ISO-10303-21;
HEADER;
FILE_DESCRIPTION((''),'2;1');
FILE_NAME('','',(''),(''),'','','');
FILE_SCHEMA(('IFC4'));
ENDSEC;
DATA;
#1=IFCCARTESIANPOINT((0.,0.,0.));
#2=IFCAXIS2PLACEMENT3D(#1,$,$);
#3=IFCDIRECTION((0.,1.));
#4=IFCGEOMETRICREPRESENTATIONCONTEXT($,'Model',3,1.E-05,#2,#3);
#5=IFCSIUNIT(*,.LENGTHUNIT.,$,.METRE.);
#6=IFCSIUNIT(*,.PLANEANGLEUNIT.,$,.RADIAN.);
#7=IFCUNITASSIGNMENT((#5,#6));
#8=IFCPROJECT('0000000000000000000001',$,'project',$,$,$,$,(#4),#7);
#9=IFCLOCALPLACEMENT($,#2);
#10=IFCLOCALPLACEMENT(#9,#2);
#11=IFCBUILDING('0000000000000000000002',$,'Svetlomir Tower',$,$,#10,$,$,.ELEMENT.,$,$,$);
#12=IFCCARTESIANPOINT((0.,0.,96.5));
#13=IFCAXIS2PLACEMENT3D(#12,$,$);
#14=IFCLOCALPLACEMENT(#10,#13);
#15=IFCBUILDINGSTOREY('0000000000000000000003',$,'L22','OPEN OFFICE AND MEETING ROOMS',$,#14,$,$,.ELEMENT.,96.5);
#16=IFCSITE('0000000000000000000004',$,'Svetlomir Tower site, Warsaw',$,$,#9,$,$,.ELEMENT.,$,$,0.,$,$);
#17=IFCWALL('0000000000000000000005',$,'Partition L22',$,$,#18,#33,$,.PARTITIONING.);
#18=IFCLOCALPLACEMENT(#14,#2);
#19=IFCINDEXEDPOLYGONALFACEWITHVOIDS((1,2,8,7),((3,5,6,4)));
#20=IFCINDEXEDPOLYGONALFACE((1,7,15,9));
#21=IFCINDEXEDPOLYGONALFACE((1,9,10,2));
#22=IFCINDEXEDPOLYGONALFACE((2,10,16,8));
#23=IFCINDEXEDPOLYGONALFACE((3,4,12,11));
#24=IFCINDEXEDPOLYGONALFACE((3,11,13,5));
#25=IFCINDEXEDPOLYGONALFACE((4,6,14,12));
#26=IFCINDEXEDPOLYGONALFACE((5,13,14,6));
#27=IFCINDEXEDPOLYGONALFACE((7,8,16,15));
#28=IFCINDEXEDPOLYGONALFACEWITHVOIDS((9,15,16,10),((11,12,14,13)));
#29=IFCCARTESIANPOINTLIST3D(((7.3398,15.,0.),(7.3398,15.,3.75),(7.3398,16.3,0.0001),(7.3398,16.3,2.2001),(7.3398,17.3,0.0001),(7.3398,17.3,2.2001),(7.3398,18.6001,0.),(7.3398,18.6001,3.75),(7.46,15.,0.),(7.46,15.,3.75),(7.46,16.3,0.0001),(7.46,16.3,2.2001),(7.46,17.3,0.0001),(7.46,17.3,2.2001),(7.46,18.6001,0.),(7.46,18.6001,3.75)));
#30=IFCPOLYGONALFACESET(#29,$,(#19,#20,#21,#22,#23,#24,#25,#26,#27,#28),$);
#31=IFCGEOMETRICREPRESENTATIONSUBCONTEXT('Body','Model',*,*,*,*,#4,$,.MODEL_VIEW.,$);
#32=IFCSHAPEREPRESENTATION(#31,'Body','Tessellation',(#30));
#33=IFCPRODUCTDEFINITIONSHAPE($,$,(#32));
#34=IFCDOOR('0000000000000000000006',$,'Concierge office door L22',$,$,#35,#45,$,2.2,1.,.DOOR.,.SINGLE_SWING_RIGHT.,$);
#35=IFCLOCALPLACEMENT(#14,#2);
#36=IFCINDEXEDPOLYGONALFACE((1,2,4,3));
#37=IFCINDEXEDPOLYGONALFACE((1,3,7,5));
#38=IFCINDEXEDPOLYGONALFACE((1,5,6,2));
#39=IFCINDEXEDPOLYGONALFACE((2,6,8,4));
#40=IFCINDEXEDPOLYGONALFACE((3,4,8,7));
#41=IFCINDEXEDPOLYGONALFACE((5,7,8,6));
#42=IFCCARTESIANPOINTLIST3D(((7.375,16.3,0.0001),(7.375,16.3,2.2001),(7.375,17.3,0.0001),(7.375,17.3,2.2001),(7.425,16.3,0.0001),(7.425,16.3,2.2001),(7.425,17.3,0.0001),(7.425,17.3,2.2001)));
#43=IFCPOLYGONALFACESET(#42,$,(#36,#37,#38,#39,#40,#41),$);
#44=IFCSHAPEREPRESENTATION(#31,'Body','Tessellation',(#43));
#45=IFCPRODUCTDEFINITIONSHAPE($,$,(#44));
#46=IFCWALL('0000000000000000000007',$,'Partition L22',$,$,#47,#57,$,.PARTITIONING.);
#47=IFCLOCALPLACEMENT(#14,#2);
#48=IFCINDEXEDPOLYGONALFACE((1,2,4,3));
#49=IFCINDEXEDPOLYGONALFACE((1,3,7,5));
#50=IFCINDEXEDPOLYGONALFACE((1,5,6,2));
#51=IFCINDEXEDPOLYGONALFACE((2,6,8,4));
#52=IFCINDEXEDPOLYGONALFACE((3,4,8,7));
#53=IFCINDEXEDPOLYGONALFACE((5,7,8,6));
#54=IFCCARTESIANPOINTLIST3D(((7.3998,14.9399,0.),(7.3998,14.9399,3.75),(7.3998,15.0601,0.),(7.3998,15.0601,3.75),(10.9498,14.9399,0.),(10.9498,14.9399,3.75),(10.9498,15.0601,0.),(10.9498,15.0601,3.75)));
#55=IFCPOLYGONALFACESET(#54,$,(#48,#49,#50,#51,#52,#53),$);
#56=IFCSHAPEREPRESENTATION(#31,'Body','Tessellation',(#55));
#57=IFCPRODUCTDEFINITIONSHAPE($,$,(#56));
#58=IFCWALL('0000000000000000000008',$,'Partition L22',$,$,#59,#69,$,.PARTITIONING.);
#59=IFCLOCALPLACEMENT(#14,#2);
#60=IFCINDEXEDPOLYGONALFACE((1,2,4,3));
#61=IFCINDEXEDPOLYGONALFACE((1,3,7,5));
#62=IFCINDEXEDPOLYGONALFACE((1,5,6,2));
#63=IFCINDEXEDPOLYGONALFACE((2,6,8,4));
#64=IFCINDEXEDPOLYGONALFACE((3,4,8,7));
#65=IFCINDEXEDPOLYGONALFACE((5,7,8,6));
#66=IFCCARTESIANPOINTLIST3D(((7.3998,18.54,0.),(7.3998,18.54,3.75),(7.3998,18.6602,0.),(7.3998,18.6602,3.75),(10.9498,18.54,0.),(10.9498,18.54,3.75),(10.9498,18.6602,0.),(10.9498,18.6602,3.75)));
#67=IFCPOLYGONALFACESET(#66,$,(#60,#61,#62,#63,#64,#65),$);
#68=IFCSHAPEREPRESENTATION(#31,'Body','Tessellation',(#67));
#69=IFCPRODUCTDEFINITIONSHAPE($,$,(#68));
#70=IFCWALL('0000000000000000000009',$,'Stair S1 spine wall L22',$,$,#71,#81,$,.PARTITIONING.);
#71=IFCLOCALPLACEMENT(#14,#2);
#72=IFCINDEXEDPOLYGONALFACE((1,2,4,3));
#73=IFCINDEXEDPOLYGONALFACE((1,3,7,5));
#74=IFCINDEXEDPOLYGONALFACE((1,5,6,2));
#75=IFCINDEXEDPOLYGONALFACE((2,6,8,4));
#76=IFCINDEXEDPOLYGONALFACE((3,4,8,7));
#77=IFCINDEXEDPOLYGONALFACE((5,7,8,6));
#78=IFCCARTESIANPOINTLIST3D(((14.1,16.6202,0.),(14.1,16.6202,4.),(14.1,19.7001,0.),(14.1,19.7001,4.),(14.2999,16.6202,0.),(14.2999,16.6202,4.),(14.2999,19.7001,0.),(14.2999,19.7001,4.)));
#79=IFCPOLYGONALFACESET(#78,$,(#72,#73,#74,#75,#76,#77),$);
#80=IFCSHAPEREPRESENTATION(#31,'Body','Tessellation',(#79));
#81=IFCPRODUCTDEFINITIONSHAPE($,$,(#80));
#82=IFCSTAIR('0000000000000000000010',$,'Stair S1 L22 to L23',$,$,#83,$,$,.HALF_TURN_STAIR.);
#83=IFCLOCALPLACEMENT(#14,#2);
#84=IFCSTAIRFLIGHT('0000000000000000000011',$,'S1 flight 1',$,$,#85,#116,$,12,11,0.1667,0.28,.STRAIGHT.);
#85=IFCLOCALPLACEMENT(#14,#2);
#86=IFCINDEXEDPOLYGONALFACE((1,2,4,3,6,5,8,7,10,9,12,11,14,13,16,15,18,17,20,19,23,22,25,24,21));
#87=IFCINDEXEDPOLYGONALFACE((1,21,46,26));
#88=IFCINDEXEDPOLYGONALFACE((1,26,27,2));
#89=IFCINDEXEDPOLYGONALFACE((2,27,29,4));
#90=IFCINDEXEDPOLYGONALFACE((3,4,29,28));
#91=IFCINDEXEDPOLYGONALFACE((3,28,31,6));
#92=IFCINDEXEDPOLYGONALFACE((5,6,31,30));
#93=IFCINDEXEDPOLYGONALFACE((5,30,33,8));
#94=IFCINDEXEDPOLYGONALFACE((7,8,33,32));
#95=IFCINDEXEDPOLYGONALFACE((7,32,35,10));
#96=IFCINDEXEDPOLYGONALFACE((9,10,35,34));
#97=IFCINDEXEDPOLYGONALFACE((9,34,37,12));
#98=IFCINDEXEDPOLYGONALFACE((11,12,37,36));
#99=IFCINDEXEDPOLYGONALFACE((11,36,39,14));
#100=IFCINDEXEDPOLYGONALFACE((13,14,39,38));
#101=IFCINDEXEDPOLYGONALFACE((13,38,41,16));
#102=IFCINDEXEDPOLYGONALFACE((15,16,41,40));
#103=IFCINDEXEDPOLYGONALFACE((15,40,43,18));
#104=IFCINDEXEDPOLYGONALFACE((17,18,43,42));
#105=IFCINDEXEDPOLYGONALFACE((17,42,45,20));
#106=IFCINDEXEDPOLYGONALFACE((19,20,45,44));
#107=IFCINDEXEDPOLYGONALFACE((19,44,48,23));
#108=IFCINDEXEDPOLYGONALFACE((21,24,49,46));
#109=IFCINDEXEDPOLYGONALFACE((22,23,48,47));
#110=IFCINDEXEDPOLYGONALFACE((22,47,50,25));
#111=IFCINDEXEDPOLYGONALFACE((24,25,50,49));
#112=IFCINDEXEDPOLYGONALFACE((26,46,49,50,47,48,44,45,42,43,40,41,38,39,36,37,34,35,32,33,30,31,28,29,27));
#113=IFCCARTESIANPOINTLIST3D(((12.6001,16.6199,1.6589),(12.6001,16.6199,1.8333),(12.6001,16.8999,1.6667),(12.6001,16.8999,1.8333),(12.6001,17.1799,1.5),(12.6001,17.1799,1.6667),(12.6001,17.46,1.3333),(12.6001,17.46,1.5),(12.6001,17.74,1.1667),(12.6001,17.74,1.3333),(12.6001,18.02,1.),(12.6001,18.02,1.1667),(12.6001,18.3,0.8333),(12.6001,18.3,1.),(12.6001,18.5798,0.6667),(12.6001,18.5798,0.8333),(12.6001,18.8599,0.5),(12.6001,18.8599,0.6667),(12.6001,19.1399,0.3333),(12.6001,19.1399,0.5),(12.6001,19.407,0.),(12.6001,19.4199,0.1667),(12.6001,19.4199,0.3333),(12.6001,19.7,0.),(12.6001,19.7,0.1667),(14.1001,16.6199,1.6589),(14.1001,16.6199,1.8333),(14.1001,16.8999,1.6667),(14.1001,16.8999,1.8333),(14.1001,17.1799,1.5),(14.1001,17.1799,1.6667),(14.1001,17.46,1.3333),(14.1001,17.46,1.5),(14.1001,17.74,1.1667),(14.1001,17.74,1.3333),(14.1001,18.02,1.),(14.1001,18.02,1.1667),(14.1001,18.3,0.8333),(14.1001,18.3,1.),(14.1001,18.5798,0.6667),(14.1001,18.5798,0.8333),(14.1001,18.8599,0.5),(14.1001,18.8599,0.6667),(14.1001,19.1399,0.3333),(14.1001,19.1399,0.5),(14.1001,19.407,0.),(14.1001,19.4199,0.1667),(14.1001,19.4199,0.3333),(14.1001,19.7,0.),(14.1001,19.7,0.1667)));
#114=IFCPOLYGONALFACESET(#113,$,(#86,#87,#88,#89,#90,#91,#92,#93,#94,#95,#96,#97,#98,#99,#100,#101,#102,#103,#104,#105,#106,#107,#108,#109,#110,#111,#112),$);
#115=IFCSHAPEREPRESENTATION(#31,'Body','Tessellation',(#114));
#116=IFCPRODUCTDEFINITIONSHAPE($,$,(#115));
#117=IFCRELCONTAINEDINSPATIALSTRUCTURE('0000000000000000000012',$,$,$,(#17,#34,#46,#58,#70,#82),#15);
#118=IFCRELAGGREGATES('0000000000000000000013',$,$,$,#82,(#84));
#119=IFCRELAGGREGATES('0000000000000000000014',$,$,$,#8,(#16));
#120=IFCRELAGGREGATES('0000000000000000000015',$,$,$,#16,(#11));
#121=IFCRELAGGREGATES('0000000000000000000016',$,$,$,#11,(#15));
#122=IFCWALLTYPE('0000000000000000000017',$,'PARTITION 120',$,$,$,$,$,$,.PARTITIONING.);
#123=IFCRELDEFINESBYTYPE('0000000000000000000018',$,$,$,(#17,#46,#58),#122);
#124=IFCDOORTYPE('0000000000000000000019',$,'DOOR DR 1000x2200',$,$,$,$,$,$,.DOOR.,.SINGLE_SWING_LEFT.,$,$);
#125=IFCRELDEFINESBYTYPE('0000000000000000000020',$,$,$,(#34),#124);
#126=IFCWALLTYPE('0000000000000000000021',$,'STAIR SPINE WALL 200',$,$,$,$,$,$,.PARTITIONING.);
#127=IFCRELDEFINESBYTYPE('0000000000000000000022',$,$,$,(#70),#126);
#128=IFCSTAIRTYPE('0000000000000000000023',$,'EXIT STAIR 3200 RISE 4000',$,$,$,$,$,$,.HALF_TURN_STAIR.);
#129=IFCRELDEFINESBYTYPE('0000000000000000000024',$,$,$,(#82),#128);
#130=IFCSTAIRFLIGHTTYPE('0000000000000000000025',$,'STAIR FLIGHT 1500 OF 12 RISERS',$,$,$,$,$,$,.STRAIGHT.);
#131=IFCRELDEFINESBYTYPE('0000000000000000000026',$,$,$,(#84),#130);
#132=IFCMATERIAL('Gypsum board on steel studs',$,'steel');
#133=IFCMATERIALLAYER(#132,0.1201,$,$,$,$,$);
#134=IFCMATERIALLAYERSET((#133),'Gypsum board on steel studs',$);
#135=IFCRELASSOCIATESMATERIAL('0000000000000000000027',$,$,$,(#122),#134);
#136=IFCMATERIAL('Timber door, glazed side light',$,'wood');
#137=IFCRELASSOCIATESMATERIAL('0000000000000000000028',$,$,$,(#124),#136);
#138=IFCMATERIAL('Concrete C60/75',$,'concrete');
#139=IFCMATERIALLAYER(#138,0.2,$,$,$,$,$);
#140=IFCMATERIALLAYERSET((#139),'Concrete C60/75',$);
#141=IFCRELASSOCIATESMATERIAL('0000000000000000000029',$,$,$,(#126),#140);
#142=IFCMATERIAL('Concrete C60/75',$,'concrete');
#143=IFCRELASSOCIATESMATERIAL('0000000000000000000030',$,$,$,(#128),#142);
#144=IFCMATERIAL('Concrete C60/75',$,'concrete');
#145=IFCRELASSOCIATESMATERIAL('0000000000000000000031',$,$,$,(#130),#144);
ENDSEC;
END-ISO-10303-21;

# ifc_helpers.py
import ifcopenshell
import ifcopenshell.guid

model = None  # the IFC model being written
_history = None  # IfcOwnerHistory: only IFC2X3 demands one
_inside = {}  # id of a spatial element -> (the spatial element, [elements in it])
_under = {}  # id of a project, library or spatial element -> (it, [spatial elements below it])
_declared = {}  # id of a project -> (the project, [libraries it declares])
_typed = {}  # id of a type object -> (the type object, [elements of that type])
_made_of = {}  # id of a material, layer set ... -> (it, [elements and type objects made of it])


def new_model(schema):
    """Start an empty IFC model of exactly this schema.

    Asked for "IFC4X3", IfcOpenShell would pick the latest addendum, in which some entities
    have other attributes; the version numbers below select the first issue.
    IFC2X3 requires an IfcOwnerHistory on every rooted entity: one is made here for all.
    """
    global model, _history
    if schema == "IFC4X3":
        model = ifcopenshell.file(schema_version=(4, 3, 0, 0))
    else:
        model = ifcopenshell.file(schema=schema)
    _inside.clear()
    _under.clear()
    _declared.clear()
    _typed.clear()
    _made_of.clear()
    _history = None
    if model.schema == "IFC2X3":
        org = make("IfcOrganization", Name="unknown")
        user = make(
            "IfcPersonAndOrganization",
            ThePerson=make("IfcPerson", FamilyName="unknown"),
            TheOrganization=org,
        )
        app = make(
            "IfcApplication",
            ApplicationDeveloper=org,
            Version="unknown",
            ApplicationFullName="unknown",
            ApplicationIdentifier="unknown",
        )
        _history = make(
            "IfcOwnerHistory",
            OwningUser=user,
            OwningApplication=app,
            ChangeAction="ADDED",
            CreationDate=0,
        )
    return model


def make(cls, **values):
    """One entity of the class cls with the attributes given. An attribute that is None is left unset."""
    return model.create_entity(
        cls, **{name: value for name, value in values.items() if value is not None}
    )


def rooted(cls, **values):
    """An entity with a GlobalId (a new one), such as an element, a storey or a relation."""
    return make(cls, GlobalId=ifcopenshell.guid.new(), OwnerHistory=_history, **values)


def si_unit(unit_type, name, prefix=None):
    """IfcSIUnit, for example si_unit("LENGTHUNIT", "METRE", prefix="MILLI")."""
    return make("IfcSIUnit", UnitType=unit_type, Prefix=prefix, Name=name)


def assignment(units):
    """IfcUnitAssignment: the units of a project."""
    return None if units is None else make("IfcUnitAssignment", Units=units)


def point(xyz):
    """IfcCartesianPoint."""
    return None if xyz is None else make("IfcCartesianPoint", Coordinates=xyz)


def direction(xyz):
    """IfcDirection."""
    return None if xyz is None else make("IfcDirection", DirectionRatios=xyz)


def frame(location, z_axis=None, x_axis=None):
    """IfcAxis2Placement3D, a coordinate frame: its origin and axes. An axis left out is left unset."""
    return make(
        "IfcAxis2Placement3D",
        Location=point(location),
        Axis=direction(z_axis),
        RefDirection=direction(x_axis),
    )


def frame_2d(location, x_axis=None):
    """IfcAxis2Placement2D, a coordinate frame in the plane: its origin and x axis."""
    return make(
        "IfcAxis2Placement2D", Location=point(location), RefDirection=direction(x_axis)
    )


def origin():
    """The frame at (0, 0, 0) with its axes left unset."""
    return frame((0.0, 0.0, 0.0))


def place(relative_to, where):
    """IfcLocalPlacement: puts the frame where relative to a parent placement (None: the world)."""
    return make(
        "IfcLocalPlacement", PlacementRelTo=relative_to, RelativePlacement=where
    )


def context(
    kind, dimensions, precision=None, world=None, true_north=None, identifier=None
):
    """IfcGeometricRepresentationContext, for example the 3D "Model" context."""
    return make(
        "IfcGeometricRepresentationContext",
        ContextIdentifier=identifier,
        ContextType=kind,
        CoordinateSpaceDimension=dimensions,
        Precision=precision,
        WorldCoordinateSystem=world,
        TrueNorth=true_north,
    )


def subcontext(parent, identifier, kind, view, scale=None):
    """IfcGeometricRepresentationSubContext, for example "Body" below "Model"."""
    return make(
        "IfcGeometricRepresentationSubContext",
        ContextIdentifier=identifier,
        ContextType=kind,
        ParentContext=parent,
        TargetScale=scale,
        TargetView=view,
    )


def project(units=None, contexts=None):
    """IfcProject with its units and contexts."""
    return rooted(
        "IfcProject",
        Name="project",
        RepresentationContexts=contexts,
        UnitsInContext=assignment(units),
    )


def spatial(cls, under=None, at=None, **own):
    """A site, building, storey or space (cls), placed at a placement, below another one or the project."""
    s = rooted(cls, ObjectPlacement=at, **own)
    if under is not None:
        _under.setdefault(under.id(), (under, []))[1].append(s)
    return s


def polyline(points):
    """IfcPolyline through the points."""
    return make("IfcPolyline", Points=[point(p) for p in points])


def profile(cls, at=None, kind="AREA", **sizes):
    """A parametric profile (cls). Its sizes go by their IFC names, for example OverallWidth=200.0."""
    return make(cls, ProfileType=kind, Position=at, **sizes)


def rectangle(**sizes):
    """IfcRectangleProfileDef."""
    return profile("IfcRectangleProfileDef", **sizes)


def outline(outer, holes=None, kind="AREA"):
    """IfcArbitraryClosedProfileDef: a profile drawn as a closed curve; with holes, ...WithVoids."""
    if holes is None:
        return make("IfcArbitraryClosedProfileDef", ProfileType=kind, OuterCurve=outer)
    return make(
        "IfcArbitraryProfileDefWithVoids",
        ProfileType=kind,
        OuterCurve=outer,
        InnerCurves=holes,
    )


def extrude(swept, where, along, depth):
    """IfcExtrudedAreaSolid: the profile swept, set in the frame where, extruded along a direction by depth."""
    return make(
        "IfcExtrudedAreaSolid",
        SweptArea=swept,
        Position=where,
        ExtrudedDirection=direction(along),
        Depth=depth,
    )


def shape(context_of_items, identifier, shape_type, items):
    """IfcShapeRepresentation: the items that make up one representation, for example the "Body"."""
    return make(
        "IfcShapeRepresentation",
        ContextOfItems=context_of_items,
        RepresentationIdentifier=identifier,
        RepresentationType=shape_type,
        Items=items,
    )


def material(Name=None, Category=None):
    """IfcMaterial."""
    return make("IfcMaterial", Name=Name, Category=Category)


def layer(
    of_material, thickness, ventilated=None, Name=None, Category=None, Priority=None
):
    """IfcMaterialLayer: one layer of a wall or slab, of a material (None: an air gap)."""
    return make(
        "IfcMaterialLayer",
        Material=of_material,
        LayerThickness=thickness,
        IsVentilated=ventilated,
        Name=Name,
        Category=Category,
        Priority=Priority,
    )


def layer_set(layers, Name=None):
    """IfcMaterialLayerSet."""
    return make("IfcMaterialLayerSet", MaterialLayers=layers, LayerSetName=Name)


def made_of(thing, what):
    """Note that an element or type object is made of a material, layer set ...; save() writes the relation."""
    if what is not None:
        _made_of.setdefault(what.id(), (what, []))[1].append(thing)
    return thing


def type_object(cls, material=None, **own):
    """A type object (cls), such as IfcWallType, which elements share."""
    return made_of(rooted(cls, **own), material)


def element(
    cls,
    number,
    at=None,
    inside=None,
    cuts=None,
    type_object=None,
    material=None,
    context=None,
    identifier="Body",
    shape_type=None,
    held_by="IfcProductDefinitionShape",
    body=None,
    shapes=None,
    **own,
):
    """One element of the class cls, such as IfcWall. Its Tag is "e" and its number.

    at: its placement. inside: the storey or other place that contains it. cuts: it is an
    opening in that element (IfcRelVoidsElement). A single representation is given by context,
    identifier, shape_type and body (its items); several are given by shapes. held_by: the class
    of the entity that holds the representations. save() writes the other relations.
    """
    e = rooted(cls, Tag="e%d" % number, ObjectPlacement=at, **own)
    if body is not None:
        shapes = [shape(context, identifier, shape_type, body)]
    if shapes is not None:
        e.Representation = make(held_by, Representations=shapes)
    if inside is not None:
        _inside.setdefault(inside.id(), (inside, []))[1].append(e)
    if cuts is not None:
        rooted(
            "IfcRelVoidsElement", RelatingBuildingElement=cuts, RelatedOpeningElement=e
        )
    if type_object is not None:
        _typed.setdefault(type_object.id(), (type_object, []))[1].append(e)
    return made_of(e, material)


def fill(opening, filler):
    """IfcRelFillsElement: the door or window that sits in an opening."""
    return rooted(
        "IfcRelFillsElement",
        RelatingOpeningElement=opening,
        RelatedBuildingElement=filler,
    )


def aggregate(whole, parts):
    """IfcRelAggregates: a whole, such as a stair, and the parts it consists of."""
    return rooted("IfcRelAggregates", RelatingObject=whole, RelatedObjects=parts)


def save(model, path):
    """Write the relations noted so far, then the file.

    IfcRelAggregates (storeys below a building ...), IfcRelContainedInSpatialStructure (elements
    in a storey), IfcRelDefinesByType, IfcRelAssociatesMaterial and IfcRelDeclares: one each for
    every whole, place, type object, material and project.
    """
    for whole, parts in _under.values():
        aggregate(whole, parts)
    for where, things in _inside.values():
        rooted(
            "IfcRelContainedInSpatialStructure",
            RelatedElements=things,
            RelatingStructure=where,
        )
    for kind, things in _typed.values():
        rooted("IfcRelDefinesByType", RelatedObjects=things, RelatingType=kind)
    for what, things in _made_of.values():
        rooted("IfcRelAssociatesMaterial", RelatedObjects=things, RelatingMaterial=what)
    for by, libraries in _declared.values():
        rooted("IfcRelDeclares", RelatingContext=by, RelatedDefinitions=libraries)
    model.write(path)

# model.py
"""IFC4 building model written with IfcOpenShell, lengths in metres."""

from ifc_helpers import new_model, si_unit, direction, frame, frame_2d, origin, place, context, subcontext, project, spatial, polyline, rectangle, outline, extrude, material, layer, layer_set, type_object, element, fill, aggregate, save


model = new_model("IFC4")

# Units and contexts
model_context = context("Model", 3, precision=1e-05, world=origin(), true_north=direction((0.0, 1.0)))
body_context = subcontext(model_context, "Body", "Model", "MODEL_VIEW")
ifc_project = project(units=[si_unit("LENGTHUNIT", "METRE"), si_unit("PLANEANGLEUNIT", "RADIAN")], contexts=[model_context])

# Site, building, storey
site_placement = place(None, origin())
site = spatial("IfcSite", under=ifc_project, at=site_placement, Name="Svetlomir Tower site, Warsaw", CompositionType="ELEMENT", RefElevation=0.0)
building_placement = place(site_placement, origin())
building = spatial("IfcBuilding", under=site, at=building_placement, Name="Svetlomir Tower", CompositionType="ELEMENT")
storey_placement = place(building_placement, frame((0.0, 0.0, 96.5)))
storey = spatial("IfcBuildingStorey", under=building, at=storey_placement, Name="L22", Description="OPEN OFFICE AND MEETING ROOMS", CompositionType="ELEMENT", Elevation=96.5)

# Wall, opening, door
ifc_material_1 = material(Name="Gypsum board on steel studs", Category="steel")
ifc_layer_1 = layer(ifc_material_1, 0.1201)
ifc_layer_set_1 = layer_set([ifc_layer_1], Name="Gypsum board on steel studs")
wall_type_1 = type_object("IfcWallType", Name="PARTITION 120", PredefinedType="PARTITIONING", material=ifc_layer_set_1)
wall_1_placement = place(storey_placement, frame((7.3999, 15.0, 0.0), z_axis=(0.0, 0.0, 1.0), x_axis=(0.0, 1.0, 0.0)))
wall_1 = element("IfcWall", 1, at=wall_1_placement, inside=storey, type_object=wall_type_1, Name="Partition L22", PredefinedType="PARTITIONING", context=body_context, shape_type="SweptSolid", body=[
    extrude(rectangle(XDim=3.6001, YDim=0.1201, at=frame_2d((1.8, 0.0))), origin(), (0.0, 0.0, 1.0), 3.75),
])
opening_1_placement = place(wall_1_placement, frame((1.3, 0.0, 0.0)))
opening_1 = element("IfcOpeningElement", 2, at=opening_1_placement, cuts=wall_1, PredefinedType="OPENING", context=body_context, shape_type="SweptSolid", body=[
    extrude(rectangle(XDim=1.0, YDim=2.2, at=frame_2d((0.5, 1.1001))), frame((0.0, 0.0701, 0.0), z_axis=(0.0, -1.0, 0.0), x_axis=(1.0, 0.0, 0.0)), (0.0, 0.0, 1.0), 0.1401),
])
ifc_material_2 = material(Name="Timber door, glazed side light", Category="wood")
door_type_1 = type_object("IfcDoorType", Name="DOOR DR 1000x2200", OperationType="SINGLE_SWING_LEFT", PredefinedType="DOOR", material=ifc_material_2)
door_1_placement = place(opening_1_placement, origin())
door_1 = element("IfcDoor", 3, at=door_1_placement, inside=storey, type_object=door_type_1, Name="Concierge office door L22", OperationType="SINGLE_SWING_RIGHT", OverallHeight=2.2, OverallWidth=1.0, PredefinedType="DOOR", context=body_context, shape_type="SweptSolid", body=[
    extrude(rectangle(XDim=1.0, YDim=2.2, at=frame_2d((0.5, 1.1001))), frame((0.0, 0.0249, 0.0), z_axis=(0.0, -1.0, 0.0), x_axis=(1.0, 0.0, 0.0)), (0.0, 0.0, 1.0), 0.05),
])
fill(opening_1, door_1)

# Walls
for number, where, z_axis, x_axis, name in (
    (4, (7.3999, 15.0, 0.0), (0.0, 0.0, 1.0), (1.0, 0.0, 0.0), "Partition L22"),
    (5, (7.3999, 18.6001, 0.0), (0.0, 0.0, 1.0), (1.0, 0.0, 0.0), "Partition L22"),
):
    element("IfcWall", number, at=place(storey_placement, frame(where, z_axis=z_axis, x_axis=x_axis)), inside=storey, type_object=wall_type_1, Name=name, PredefinedType="PARTITIONING", context=body_context, shape_type="SweptSolid", body=[
        extrude(rectangle(XDim=3.55, YDim=0.1201, at=frame_2d((1.7749, 0.0))), origin(), (0.0, 0.0, 1.0), 3.75),
    ])
ifc_material_3 = material(Name="Concrete C60/75", Category="concrete")
ifc_layer_2 = layer(ifc_material_3, 0.2)
ifc_layer_set_2 = layer_set([ifc_layer_2], Name="Concrete C60/75")
wall_type_2 = type_object("IfcWallType", Name="STAIR SPINE WALL 200", PredefinedType="PARTITIONING", material=ifc_layer_set_2)
wall_2_placement = place(storey_placement, frame((14.2, 16.6201, 0.0), z_axis=(0.0, 0.0, 1.0), x_axis=(0.0, 1.0, 0.0)))
element("IfcWall", 6, at=wall_2_placement, inside=storey, type_object=wall_type_2, Name="Stair S1 spine wall L22", PredefinedType="PARTITIONING", context=body_context, shape_type="SweptSolid", body=[
    extrude(rectangle(XDim=3.0798, YDim=0.2, at=frame_2d((1.54, 0.0))), origin(), (0.0, 0.0, 1.0), 4.0),
])

# Stair, stair flight
ifc_material_4 = material(Name="Concrete C60/75", Category="concrete")
stair_type = type_object("IfcStairType", Name="EXIT STAIR 3200 RISE 4000", PredefinedType="HALF_TURN_STAIR", material=ifc_material_4)
stair_placement = place(storey_placement, origin())
stair = element("IfcStair", 7, at=stair_placement, inside=storey, type_object=stair_type, Name="Stair S1 L22 to L23", PredefinedType="HALF_TURN_STAIR")
ifc_material_5 = material(Name="Concrete C60/75", Category="concrete")
stair_flight_type = type_object("IfcStairFlightType", Name="STAIR FLIGHT 1500 OF 12 RISERS", PredefinedType="STRAIGHT", material=ifc_material_5)
stair_flight_placement = place(storey_placement, frame((13.3501, 19.7, 0.0), z_axis=(0.0, 0.0, 1.0), x_axis=(0.0, -1.0, 0.0)))
stair_flight = element("IfcStairFlight", 8, at=stair_flight_placement, type_object=stair_flight_type, Name="S1 flight 1", NumberOfRisers=12, NumberOfTreads=11, PredefinedType="STRAIGHT", RiserHeight=0.1667, TreadLength=0.28, context=body_context, shape_type="SweptSolid", body=[
    extrude(outline(polyline([(0.0, 0.0), (0.0, 0.1667), (0.28, 0.1667), (0.28, 0.3333), (0.5601, 0.3333), (0.5601, 0.5), (0.8401, 0.5), (0.8401, 0.6667), (1.1201, 0.6667), (1.1201, 0.8333), (1.3999, 0.8333), (1.3999, 1.0), (1.6799, 1.0), (1.6799, 1.1667), (1.96, 1.1667), (1.96, 1.3333), (2.24, 1.3333), (2.24, 1.5), (2.52, 1.5), (2.52, 1.6667), (2.8, 1.6667), (2.8, 1.8333), (3.0801, 1.8333), (3.0801, 2.0), (3.0801, 1.6589), (0.293, 0.0), (0.0, 0.0)])), frame((0.0, 0.75, 0.0), z_axis=(0.0, -1.0, 0.0), x_axis=(1.0, 0.0, 0.0)), (0.0, 0.0, 1.0), 1.5),
])
aggregate(stair, [stair_flight])

save(model, "model.ifc")
